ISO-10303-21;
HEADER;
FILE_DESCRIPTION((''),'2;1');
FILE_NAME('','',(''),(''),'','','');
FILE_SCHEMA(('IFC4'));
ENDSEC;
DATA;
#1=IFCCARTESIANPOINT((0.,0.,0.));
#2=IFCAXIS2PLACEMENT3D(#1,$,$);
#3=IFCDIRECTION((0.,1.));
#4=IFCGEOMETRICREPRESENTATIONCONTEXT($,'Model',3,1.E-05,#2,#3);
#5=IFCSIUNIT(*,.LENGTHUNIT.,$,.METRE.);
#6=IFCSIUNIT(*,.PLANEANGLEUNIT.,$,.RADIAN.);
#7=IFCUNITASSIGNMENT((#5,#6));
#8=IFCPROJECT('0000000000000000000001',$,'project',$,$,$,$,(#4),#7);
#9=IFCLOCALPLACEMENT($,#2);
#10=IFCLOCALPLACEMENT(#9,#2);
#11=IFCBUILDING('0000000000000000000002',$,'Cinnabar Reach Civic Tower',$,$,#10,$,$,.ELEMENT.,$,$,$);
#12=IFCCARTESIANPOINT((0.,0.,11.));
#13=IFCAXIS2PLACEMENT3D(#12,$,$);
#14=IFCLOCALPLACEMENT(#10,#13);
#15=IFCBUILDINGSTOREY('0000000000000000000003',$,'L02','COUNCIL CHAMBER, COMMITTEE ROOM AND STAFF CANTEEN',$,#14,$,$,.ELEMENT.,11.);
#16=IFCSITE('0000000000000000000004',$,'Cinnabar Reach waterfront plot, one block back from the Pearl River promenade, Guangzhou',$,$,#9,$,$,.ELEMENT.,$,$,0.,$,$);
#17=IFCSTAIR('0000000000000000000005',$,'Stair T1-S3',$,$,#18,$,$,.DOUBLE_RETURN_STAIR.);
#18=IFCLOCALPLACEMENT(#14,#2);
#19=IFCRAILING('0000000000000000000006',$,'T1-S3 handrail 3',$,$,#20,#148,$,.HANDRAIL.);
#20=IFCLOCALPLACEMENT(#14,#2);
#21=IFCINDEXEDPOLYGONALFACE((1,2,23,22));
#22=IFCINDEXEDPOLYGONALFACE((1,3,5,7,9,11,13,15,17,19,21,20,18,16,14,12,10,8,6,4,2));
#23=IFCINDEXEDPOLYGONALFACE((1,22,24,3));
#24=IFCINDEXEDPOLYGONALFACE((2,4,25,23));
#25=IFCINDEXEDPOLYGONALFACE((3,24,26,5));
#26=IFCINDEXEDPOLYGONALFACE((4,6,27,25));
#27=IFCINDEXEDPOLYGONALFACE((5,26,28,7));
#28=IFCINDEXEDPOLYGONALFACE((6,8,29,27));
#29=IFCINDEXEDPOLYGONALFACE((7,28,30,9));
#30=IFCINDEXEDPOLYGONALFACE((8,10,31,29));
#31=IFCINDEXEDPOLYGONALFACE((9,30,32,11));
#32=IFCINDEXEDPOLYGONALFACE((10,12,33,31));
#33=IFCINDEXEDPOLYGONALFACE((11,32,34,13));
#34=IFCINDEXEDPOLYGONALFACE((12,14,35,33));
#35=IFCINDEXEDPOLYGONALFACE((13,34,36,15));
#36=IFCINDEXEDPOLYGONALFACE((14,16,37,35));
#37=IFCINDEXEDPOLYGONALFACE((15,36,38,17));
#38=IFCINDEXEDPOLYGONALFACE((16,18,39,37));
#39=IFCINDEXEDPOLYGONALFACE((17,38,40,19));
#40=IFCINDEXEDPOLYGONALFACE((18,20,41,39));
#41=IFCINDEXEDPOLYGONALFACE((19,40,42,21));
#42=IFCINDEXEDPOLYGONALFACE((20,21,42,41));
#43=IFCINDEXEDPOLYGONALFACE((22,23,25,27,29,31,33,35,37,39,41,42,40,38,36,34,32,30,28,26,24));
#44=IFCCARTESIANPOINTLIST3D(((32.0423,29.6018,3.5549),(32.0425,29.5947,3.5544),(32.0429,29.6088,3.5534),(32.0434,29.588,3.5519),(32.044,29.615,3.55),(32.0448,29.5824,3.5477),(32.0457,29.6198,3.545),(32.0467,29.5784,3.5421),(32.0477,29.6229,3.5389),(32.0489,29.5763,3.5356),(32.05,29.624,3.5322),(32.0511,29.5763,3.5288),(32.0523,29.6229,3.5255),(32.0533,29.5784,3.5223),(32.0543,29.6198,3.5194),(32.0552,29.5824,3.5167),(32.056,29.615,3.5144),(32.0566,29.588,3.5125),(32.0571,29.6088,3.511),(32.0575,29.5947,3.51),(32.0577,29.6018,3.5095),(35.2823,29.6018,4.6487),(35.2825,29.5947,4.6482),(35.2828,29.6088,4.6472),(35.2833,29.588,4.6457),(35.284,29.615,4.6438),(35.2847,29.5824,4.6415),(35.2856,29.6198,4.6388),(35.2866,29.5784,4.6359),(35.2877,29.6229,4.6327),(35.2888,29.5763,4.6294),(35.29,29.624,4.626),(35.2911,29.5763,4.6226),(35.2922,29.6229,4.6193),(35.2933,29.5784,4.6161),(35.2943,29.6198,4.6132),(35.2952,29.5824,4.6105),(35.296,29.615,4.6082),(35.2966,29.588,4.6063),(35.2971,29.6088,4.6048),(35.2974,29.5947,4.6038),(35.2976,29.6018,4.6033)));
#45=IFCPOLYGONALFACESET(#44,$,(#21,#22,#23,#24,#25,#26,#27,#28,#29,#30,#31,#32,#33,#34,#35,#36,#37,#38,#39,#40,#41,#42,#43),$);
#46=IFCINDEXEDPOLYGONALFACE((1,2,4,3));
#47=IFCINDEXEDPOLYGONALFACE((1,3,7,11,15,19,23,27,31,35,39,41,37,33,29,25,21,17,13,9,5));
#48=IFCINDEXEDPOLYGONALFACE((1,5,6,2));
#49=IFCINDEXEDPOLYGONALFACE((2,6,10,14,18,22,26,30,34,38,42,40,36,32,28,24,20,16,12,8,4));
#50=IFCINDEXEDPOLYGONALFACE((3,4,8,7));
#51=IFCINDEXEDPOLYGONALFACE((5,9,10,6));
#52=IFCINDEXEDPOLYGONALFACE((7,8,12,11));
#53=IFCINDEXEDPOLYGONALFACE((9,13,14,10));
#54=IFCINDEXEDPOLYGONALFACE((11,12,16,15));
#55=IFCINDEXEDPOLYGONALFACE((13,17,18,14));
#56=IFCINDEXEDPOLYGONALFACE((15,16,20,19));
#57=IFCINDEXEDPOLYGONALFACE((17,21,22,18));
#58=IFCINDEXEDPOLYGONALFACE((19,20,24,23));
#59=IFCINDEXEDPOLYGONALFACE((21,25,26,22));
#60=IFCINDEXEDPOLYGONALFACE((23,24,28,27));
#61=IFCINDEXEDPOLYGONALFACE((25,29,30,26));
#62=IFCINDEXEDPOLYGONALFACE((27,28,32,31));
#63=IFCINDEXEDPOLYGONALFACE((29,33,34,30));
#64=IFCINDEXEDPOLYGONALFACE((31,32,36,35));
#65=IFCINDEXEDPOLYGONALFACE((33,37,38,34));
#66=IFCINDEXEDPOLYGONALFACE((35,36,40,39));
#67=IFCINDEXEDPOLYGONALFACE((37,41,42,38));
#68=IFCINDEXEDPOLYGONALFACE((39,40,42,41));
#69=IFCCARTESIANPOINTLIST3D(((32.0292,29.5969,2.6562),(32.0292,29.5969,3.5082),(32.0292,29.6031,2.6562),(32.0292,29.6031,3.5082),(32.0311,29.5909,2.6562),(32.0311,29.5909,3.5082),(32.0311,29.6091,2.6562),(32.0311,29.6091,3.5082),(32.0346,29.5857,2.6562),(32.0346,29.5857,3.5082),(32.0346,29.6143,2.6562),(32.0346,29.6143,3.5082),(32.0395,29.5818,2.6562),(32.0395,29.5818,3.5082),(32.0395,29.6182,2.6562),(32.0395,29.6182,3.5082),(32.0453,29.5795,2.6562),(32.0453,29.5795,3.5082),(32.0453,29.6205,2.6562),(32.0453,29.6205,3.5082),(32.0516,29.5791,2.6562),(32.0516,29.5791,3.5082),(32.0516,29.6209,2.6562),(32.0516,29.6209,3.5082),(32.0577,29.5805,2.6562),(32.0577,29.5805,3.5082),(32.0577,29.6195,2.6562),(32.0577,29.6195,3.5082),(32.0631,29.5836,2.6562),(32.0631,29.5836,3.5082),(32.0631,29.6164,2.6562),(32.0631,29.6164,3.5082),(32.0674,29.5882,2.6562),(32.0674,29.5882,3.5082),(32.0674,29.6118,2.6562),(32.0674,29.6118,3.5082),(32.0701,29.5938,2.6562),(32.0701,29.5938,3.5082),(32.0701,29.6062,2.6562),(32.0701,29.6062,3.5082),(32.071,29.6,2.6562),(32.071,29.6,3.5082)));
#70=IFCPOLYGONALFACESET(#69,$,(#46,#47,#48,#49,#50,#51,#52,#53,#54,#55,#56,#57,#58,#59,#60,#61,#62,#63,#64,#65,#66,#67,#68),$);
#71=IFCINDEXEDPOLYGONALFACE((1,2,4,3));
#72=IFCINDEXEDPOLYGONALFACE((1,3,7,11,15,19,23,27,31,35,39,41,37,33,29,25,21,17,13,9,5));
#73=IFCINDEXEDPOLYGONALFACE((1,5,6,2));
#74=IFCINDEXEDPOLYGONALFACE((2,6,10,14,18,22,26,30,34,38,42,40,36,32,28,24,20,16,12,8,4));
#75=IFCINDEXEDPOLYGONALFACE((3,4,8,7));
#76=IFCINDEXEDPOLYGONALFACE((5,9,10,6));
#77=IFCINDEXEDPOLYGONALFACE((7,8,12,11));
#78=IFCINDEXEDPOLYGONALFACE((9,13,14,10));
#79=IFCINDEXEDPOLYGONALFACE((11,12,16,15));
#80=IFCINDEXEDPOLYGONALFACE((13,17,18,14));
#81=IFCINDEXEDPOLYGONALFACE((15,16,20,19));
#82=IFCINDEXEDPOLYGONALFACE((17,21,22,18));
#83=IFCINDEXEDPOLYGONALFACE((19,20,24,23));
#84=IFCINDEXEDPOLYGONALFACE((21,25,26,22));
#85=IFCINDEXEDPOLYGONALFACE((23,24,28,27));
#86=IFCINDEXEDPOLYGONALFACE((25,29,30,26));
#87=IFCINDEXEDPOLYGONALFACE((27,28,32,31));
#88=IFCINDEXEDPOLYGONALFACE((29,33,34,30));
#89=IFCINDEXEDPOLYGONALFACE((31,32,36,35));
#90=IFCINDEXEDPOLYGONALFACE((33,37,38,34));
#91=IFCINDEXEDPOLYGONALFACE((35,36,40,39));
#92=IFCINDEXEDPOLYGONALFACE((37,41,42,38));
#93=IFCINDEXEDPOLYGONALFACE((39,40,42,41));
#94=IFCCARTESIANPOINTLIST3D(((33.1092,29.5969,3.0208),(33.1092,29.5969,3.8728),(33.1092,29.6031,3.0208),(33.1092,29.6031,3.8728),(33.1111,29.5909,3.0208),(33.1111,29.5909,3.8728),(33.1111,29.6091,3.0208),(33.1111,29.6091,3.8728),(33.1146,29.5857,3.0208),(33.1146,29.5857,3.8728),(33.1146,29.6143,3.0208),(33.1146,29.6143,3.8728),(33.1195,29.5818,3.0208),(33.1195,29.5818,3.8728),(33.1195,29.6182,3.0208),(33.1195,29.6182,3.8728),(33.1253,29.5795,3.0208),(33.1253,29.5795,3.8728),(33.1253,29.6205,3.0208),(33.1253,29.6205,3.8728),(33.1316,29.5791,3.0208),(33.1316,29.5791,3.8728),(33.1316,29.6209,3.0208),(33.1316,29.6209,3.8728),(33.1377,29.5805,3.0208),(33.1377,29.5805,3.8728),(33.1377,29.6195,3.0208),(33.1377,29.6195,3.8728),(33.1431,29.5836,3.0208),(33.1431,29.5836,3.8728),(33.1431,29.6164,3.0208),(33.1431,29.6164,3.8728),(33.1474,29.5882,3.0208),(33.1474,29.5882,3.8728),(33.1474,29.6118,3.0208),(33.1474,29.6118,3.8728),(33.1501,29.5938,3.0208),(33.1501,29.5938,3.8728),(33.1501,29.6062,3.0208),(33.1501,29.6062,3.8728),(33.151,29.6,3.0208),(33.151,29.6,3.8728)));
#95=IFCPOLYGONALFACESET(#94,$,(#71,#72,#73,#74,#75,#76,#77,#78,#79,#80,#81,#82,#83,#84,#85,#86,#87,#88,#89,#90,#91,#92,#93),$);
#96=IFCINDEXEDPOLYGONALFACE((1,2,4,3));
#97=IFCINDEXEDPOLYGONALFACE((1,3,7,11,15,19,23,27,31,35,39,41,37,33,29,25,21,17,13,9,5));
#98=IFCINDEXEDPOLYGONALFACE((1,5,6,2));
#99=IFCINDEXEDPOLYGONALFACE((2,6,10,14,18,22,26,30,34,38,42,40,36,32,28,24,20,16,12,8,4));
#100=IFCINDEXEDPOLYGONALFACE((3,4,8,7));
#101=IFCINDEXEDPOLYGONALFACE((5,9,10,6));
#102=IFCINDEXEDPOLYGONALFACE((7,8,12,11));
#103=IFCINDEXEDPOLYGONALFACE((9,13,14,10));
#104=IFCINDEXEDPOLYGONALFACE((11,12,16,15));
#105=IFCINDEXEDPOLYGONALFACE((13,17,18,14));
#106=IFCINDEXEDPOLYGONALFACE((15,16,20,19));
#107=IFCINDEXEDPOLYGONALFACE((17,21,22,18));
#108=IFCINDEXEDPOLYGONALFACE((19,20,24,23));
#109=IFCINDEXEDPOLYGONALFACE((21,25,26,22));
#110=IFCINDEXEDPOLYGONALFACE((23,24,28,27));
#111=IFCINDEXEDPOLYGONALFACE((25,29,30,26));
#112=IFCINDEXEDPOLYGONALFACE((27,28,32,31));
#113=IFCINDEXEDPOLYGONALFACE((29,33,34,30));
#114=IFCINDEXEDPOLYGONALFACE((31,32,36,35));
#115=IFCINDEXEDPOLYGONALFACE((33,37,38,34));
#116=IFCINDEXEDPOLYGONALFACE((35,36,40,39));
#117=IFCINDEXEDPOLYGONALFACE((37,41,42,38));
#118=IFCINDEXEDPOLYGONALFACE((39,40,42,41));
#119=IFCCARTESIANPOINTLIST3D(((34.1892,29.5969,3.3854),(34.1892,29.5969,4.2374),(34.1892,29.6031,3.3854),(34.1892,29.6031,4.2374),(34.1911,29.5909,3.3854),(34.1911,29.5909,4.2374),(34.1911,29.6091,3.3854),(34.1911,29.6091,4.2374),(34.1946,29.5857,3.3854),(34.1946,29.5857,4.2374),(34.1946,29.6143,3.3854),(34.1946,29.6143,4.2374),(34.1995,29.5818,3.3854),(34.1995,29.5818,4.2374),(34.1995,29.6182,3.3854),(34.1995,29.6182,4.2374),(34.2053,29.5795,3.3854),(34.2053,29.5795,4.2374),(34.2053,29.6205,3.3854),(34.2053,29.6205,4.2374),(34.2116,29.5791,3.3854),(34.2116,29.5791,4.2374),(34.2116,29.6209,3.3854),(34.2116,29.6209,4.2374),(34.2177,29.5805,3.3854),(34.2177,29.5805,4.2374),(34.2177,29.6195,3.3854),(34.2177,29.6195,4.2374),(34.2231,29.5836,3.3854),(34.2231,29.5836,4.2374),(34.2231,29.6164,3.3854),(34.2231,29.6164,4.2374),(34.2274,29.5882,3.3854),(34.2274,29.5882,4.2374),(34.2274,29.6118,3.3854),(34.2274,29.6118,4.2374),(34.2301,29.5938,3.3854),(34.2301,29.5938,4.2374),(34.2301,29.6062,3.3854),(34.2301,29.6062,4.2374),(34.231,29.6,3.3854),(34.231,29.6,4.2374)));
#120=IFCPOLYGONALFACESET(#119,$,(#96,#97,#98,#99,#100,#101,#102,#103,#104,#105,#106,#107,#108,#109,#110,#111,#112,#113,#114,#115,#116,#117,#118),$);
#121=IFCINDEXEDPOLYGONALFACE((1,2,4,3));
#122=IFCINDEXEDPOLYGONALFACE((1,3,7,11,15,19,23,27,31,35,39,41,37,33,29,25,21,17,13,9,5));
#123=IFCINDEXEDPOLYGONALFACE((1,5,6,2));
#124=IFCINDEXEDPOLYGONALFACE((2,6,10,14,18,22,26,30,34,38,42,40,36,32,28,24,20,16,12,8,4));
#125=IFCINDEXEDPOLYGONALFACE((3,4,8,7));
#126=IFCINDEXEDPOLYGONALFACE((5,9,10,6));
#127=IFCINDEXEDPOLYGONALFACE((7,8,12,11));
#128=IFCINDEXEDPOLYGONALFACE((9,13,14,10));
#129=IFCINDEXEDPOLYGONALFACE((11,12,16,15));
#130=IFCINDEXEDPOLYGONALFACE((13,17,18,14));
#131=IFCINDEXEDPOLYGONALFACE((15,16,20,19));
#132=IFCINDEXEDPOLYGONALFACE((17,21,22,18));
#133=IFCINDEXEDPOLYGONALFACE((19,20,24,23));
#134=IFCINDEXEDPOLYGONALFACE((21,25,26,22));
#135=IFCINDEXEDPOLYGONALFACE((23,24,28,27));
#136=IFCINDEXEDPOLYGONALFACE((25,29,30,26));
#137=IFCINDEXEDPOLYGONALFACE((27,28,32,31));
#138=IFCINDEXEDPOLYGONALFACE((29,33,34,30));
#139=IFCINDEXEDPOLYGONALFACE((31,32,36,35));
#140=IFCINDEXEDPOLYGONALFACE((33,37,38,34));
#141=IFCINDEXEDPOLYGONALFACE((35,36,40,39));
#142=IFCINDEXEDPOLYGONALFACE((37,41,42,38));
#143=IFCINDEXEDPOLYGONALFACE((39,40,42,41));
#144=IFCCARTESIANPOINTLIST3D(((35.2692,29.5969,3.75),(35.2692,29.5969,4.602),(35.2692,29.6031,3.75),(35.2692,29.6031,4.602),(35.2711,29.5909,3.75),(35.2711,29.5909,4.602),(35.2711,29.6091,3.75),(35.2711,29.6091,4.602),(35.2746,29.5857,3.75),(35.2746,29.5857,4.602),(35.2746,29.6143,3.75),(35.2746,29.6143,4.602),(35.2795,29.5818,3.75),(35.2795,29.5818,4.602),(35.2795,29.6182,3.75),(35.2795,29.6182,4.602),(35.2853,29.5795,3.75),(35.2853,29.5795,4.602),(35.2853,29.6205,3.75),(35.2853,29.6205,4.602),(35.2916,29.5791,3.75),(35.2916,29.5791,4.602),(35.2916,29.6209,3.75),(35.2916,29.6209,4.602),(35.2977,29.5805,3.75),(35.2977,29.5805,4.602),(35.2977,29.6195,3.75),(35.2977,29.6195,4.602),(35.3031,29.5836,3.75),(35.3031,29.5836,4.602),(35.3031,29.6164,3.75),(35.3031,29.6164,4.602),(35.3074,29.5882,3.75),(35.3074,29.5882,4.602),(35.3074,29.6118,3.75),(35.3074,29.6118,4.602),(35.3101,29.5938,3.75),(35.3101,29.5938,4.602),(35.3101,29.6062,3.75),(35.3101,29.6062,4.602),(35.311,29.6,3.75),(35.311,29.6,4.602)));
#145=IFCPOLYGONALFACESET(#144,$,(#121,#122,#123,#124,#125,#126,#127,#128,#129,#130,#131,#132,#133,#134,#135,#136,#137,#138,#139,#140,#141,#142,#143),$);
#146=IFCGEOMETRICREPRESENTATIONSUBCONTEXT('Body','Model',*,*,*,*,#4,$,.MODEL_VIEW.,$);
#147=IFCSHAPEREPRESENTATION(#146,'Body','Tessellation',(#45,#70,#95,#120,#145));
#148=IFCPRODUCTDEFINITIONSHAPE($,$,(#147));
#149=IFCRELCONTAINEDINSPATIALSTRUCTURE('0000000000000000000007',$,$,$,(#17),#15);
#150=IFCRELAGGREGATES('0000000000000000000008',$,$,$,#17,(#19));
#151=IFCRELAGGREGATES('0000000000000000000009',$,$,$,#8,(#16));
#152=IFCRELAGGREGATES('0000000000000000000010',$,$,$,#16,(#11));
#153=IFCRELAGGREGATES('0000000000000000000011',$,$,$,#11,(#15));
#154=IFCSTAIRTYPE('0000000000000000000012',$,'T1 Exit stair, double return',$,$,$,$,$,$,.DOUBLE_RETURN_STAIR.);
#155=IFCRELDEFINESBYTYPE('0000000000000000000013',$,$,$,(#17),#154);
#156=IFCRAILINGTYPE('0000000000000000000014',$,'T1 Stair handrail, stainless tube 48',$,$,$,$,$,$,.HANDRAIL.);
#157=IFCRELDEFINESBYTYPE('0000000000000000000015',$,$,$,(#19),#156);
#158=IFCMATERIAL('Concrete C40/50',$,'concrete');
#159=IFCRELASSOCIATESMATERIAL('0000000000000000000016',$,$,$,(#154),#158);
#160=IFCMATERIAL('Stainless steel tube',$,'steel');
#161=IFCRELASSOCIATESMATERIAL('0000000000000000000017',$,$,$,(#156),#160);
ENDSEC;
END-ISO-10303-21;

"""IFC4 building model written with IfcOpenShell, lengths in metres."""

from ifc_helpers import new_model, si_unit, direction, frame, origin, origin_2d, place, context, subcontext, project, spatial, circle, extrude, material, type_object, element, aggregate, save


model = new_model("IFC4")

# Units and contexts
model_context = context("Model", 3, precision=1e-05, world=origin(), true_north=direction((0.0, 1.0)))
body_context = subcontext(model_context, "Body", "Model", "MODEL_VIEW")
ifc_project = project(units=[si_unit("LENGTHUNIT", "METRE"), si_unit("PLANEANGLEUNIT", "RADIAN")], contexts=[model_context])

# Site, building, storey
site_placement = place(None, origin())
site = spatial("IfcSite", under=ifc_project, at=site_placement, Name="Cinnabar Reach waterfront plot, one block back from the Pearl River promenade, Guangzhou", CompositionType="ELEMENT", RefElevation=0.0)
building_placement = place(site_placement, origin())
building = spatial("IfcBuilding", under=site, at=building_placement, Name="Cinnabar Reach Civic Tower", CompositionType="ELEMENT")
storey_placement = place(building_placement, frame((0.0, 0.0, 11.0)))
storey = spatial("IfcBuildingStorey", under=building, at=storey_placement, Name="L02", Description="COUNCIL CHAMBER, COMMITTEE ROOM AND STAFF CANTEEN", CompositionType="ELEMENT", Elevation=11.0)

# Stair, railing
ifc_material_1 = material(Name="Concrete C40/50", Category="concrete")
stair_type = type_object("IfcStairType", Name="T1 Exit stair, double return", PredefinedType="DOUBLE_RETURN_STAIR", material=ifc_material_1)
stair_placement = place(storey_placement, origin())
stair = element("IfcStair", 1, at=stair_placement, inside=storey, type_object=stair_type, Name="Stair T1-S3", PredefinedType="DOUBLE_RETURN_STAIR")
ifc_material_2 = material(Name="Stainless steel tube", Category="steel")
railing_type = type_object("IfcRailingType", Name="T1 Stair handrail, stainless tube 48", PredefinedType="HANDRAIL", material=ifc_material_2)
railing_1_placement = place(storey_placement, frame((32.05, 29.6, 2.6562)))
railing_1 = element("IfcRailing", 2, at=railing_1_placement, type_object=railing_type, Name="T1-S3 handrail 3", PredefinedType="HANDRAIL", context=body_context, shape_type="SweptSolid", body=[
    extrude(circle(Radius=0.024, at=origin_2d()), frame((0.0, 0.0, 0.876), z_axis=(0.947466, 0.0, 0.319857), x_axis=(0.0, 1.0, 0.0)), (0.0, 0.0, 1.0), 3.4196),
    extrude(circle(Radius=0.021, at=origin_2d()), origin(), (0.0, 0.0, 1.0), 0.852),
    extrude(circle(Radius=0.021, at=origin_2d()), frame((1.08, 0.0, 0.3646)), (0.0, 0.0, 1.0), 0.852),
    extrude(circle(Radius=0.021, at=origin_2d()), frame((2.16, 0.0, 0.7292)), (0.0, 0.0, 1.0), 0.852),
    extrude(circle(Radius=0.021, at=origin_2d()), frame((3.24, 0.0, 1.0938)), (0.0, 0.0, 1.0), 0.852),
])
aggregate(stair, [railing_1])

save(model, "model.ifc")
